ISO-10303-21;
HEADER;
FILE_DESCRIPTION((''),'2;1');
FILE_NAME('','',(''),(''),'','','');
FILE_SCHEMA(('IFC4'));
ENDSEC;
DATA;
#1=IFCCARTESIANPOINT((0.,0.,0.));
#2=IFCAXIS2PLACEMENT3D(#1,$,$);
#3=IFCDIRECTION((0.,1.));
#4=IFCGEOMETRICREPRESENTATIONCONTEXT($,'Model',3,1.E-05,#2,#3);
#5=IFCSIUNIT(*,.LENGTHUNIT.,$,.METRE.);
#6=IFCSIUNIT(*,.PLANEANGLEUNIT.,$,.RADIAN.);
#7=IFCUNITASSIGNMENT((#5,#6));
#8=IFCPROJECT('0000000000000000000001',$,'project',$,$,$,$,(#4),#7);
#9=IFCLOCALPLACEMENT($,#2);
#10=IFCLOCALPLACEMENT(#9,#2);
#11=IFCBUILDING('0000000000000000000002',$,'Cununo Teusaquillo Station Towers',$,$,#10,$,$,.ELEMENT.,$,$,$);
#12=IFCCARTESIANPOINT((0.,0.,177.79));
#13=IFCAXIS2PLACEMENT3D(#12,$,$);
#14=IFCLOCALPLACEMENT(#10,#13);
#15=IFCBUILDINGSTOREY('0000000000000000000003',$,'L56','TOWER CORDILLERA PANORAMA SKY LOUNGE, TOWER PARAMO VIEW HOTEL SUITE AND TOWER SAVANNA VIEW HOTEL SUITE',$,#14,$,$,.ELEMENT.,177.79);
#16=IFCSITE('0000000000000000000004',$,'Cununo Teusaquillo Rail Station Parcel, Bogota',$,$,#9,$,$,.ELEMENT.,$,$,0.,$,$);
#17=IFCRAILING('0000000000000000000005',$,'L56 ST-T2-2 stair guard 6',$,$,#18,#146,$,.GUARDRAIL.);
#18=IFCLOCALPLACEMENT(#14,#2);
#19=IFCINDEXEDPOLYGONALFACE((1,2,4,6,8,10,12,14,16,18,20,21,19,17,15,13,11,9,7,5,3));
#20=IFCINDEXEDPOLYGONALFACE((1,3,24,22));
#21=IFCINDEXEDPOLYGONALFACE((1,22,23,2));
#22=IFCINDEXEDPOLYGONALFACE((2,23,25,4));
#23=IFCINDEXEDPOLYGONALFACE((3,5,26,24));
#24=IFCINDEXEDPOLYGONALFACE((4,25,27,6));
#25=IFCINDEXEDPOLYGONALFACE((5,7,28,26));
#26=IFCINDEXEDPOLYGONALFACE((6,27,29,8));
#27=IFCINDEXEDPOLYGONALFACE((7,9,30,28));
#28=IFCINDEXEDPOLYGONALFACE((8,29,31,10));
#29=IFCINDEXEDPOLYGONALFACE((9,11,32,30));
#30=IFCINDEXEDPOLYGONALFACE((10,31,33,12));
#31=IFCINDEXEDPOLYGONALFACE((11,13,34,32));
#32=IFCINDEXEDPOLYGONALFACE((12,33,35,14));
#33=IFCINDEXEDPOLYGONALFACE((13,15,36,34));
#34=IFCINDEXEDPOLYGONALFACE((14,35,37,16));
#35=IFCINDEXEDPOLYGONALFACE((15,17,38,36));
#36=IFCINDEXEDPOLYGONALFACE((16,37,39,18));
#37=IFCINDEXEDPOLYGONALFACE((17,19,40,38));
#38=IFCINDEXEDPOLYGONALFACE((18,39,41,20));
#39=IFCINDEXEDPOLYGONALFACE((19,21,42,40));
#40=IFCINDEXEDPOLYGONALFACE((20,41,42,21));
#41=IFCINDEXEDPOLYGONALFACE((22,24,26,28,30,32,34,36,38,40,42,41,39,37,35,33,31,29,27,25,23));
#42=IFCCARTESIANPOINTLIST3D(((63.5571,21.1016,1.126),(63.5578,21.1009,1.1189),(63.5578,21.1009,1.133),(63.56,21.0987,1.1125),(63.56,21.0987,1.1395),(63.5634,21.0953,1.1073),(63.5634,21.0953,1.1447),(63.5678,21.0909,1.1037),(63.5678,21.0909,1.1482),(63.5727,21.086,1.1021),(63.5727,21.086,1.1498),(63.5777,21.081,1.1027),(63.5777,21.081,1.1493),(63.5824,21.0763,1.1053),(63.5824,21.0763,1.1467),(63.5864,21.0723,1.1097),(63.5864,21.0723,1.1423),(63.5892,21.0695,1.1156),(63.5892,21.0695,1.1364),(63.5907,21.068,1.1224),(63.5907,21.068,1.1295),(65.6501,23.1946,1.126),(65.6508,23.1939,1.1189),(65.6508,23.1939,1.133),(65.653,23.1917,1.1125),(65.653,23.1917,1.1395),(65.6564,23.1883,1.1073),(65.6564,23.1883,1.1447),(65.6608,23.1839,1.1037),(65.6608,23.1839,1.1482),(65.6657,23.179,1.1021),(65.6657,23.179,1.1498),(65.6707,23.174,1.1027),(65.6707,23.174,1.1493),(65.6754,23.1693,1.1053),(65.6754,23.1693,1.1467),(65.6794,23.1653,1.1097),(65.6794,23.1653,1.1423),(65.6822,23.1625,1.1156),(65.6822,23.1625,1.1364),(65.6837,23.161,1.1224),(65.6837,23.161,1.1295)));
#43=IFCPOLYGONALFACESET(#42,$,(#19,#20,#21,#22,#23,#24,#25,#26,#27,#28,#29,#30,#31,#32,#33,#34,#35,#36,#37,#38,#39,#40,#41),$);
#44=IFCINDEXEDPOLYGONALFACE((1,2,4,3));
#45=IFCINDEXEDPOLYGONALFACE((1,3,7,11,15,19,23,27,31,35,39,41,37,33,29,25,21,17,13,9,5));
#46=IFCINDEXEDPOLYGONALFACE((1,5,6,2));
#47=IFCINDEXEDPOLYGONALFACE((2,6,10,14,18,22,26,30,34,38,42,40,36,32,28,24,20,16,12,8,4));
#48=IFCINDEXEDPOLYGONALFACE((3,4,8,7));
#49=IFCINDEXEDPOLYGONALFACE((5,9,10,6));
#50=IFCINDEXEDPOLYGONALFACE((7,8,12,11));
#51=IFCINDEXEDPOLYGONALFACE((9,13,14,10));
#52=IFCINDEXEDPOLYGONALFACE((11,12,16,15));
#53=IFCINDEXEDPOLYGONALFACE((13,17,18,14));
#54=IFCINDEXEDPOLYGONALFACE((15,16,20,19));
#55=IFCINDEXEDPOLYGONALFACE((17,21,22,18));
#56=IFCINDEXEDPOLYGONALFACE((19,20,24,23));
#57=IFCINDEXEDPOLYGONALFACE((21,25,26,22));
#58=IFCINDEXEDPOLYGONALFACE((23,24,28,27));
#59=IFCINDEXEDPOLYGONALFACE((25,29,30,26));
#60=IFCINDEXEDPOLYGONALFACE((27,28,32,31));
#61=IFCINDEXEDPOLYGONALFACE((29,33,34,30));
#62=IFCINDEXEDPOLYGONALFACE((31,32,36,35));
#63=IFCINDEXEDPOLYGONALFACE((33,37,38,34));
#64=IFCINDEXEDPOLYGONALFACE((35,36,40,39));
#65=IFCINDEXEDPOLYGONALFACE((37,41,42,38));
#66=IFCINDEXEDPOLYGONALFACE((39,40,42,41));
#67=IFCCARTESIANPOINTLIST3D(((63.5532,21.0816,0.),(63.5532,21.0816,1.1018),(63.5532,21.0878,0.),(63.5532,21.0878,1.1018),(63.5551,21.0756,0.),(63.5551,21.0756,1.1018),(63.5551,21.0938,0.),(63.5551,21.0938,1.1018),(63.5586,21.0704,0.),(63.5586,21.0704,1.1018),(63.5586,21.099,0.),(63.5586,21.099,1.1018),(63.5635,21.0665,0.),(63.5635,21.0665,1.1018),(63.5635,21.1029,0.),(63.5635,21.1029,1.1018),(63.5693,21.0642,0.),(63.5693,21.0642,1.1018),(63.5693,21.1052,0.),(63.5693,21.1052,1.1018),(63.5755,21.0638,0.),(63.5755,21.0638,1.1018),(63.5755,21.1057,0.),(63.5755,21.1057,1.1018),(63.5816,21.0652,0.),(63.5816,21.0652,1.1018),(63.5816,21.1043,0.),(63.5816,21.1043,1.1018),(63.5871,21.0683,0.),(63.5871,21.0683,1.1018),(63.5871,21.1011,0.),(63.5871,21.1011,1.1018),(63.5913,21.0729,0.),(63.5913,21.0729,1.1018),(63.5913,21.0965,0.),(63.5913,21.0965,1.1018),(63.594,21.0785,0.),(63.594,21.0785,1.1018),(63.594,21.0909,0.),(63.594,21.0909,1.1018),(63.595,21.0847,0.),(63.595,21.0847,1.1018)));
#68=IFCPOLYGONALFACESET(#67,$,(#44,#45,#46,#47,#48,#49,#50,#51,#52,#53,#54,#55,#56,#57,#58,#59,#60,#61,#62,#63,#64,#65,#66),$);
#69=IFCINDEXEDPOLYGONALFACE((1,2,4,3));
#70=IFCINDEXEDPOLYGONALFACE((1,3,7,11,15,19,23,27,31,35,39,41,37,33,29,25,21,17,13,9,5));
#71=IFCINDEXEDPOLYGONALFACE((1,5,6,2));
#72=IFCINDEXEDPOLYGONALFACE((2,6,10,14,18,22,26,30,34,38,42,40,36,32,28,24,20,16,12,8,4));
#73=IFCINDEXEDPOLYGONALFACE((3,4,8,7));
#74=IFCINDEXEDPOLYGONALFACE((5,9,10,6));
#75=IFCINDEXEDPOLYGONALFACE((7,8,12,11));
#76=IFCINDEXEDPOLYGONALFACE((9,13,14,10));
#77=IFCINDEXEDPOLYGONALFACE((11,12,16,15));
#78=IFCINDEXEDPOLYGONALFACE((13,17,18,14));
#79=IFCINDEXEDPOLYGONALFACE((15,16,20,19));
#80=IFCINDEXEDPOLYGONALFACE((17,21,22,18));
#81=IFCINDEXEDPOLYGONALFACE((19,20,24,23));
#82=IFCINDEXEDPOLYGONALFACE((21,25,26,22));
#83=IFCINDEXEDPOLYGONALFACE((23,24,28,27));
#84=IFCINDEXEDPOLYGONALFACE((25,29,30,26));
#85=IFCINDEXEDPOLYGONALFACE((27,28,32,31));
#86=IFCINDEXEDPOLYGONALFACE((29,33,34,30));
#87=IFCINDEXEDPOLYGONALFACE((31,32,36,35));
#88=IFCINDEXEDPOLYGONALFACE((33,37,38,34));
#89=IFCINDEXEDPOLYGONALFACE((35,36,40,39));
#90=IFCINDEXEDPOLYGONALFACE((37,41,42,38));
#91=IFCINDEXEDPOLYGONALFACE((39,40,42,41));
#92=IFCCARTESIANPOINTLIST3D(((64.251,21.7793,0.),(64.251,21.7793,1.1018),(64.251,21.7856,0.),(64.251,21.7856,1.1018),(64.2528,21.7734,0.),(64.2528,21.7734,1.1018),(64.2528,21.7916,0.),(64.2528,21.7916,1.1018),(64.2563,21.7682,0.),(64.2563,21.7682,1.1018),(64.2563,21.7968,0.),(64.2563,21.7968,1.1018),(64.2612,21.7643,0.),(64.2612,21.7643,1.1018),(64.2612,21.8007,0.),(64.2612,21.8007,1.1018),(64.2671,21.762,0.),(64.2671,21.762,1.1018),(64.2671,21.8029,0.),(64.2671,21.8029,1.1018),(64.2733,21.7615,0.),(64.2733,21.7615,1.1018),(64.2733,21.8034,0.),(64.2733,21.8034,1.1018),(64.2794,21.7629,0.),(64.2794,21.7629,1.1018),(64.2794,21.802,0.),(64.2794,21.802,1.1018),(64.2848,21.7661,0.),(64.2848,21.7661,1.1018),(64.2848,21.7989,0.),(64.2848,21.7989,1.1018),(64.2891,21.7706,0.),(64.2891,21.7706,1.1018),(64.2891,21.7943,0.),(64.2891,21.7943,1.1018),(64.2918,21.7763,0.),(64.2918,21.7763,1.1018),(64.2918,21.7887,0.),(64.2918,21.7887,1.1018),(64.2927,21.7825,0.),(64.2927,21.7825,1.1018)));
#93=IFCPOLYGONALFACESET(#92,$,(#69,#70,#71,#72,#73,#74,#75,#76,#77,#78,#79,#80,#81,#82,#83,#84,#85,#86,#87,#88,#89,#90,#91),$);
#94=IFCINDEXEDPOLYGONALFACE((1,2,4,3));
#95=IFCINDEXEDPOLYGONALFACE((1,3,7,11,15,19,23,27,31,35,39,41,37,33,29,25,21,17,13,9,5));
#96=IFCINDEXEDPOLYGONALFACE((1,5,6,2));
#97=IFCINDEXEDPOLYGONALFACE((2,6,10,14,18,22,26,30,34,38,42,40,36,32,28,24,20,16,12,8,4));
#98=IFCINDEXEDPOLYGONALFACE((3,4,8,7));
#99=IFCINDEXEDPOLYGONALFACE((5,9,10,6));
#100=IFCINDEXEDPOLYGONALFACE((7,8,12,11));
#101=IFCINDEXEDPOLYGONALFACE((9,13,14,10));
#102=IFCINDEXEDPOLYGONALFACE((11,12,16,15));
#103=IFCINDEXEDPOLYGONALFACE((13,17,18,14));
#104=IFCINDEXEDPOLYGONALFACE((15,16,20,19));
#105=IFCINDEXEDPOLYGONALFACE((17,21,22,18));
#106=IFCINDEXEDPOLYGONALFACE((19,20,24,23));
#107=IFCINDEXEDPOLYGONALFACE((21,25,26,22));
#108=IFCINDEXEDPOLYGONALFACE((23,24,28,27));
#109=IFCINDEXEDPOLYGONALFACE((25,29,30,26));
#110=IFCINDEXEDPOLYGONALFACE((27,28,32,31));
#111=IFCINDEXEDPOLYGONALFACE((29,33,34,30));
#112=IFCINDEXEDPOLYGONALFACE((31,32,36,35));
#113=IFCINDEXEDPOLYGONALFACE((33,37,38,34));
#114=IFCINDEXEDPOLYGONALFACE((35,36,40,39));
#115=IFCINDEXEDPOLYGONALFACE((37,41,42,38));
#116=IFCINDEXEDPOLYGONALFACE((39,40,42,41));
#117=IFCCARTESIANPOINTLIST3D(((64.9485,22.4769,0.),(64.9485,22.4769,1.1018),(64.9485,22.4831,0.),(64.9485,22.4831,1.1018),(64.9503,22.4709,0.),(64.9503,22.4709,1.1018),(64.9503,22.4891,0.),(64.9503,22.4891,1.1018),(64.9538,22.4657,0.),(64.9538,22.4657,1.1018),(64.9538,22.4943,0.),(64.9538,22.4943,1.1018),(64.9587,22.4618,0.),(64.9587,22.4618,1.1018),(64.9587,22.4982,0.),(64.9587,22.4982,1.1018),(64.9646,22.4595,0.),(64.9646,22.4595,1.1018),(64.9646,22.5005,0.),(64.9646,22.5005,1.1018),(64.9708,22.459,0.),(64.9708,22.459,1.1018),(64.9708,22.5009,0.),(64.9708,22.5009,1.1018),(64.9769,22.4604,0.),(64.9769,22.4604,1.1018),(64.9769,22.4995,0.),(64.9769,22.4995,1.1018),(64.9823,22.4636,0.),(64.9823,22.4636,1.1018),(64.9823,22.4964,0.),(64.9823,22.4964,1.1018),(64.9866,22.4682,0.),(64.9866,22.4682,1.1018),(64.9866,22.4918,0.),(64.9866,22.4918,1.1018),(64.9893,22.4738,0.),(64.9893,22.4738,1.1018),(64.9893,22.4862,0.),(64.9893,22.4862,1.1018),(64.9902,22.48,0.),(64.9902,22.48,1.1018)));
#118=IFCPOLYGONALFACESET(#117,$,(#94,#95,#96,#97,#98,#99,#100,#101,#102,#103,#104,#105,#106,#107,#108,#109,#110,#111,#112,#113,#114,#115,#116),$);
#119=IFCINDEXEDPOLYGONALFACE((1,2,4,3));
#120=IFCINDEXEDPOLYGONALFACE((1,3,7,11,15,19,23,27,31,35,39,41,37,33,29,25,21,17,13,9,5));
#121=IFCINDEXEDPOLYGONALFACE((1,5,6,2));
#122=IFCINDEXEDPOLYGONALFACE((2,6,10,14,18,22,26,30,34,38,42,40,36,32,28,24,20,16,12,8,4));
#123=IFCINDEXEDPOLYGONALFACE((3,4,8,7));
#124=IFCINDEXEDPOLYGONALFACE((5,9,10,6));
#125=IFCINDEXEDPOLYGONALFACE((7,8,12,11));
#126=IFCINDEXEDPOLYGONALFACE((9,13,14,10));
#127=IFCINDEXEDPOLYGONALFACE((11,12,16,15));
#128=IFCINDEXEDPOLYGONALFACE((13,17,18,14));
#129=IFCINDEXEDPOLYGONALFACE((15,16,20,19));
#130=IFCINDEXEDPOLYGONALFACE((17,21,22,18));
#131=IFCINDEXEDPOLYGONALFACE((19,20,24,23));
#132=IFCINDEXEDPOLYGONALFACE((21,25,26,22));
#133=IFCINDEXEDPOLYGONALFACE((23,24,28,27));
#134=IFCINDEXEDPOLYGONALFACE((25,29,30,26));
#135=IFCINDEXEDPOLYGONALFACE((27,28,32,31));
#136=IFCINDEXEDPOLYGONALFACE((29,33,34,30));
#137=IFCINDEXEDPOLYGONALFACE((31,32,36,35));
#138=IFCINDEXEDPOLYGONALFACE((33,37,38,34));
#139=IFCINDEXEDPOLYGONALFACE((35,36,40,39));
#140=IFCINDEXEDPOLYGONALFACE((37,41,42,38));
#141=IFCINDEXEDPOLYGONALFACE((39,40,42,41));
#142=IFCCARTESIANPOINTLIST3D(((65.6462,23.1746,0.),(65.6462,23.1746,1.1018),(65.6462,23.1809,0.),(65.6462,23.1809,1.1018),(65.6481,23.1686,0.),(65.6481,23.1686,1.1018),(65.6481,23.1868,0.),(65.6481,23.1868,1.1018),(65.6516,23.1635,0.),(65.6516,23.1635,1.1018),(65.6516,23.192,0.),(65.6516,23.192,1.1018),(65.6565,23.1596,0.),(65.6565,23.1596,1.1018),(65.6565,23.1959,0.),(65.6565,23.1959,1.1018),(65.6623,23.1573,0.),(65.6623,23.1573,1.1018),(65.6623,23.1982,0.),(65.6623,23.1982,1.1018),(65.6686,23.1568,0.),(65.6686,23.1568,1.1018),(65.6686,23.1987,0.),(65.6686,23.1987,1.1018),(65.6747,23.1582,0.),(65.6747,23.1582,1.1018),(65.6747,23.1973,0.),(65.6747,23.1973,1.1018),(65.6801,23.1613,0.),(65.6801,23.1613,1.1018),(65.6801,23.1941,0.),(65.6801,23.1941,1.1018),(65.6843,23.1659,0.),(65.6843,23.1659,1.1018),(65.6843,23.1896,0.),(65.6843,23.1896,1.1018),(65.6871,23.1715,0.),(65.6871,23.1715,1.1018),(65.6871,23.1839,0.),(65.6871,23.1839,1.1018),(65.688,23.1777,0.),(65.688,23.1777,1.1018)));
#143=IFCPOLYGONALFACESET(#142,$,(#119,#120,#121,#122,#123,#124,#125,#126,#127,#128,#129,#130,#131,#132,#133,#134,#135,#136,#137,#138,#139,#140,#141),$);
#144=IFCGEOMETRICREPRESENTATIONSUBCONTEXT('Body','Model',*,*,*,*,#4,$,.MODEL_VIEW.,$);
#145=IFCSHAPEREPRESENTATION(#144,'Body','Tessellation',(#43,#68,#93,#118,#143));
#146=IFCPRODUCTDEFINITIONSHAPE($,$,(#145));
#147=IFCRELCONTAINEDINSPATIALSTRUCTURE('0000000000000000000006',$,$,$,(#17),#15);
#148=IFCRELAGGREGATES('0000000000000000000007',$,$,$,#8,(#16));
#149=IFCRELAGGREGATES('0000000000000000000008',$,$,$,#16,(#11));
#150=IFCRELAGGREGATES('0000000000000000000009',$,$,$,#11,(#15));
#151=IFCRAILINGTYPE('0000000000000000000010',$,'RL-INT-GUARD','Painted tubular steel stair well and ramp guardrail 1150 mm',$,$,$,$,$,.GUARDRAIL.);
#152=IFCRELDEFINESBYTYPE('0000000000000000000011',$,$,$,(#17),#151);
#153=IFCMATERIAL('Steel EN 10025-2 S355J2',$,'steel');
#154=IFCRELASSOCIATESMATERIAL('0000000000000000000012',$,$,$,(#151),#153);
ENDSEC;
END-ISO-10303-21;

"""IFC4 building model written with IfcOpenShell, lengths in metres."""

from ifc_helpers import new_model, si_unit, direction, frame, origin, origin_2d, place, context, subcontext, project, spatial, circle, extrude, material, type_object, element, save


model = new_model("IFC4")

# Units and contexts
model_context = context("Model", 3, precision=1e-05, world=origin(), true_north=direction((0.0, 1.0)))
body_context = subcontext(model_context, "Body", "Model", "MODEL_VIEW")
ifc_project = project(units=[si_unit("LENGTHUNIT", "METRE"), si_unit("PLANEANGLEUNIT", "RADIAN")], contexts=[model_context])

# Site, building, storey
site_placement = place(None, origin())
site = spatial("IfcSite", under=ifc_project, at=site_placement, Name="Cununo Teusaquillo Rail Station Parcel, Bogota", CompositionType="ELEMENT", RefElevation=0.0)
building_placement = place(site_placement, origin())
building = spatial("IfcBuilding", under=site, at=building_placement, Name="Cununo Teusaquillo Station Towers", CompositionType="ELEMENT")
storey_placement = place(building_placement, frame((0.0, 0.0, 177.79)))
storey = spatial("IfcBuildingStorey", under=building, at=storey_placement, Name="L56", Description="TOWER CORDILLERA PANORAMA SKY LOUNGE, TOWER PARAMO VIEW HOTEL SUITE AND TOWER SAVANNA VIEW HOTEL SUITE", CompositionType="ELEMENT", Elevation=177.79)

# Railing
ifc_material_1 = material(Name="Steel EN 10025-2 S355J2", Category="steel")
railing_type = type_object("IfcRailingType", Name="RL-INT-GUARD", Description="Painted tubular steel stair well and ramp guardrail 1150 mm", PredefinedType="GUARDRAIL", material=ifc_material_1)
railing_1_placement = place(storey_placement, frame((63.574, 21.0847, 0.0)))
element("IfcRailing", 1, at=railing_1_placement, inside=storey, type_object=railing_type, Name="L56 ST-T2-2 stair guard 6", PredefinedType="GUARDRAIL", context=body_context, shape_type="SweptSolid", body=[
    extrude(circle(Radius=0.0239, at=origin_2d()), frame((0.0, 0.0, 1.126), z_axis=(0.707107, 0.707107, 0.0), x_axis=(-0.707107, 0.707107, 0.0)), (0.0, 0.0, 1.0), 2.96),
    extrude(circle(Radius=0.021, at=origin_2d()), origin(), (0.0, 0.0, 1.0), 1.1018),
    extrude(circle(Radius=0.021, at=origin_2d()), frame((0.6978, 0.6978, 0.0)), (0.0, 0.0, 1.0), 1.1018),
    extrude(circle(Radius=0.021, at=origin_2d()), frame((1.3953, 1.3953, 0.0)), (0.0, 0.0, 1.0), 1.1018),
    extrude(circle(Radius=0.021, at=origin_2d()), frame((2.093, 2.093, 0.0)), (0.0, 0.0, 1.0), 1.1018),
])

save(model, "model.ifc")
